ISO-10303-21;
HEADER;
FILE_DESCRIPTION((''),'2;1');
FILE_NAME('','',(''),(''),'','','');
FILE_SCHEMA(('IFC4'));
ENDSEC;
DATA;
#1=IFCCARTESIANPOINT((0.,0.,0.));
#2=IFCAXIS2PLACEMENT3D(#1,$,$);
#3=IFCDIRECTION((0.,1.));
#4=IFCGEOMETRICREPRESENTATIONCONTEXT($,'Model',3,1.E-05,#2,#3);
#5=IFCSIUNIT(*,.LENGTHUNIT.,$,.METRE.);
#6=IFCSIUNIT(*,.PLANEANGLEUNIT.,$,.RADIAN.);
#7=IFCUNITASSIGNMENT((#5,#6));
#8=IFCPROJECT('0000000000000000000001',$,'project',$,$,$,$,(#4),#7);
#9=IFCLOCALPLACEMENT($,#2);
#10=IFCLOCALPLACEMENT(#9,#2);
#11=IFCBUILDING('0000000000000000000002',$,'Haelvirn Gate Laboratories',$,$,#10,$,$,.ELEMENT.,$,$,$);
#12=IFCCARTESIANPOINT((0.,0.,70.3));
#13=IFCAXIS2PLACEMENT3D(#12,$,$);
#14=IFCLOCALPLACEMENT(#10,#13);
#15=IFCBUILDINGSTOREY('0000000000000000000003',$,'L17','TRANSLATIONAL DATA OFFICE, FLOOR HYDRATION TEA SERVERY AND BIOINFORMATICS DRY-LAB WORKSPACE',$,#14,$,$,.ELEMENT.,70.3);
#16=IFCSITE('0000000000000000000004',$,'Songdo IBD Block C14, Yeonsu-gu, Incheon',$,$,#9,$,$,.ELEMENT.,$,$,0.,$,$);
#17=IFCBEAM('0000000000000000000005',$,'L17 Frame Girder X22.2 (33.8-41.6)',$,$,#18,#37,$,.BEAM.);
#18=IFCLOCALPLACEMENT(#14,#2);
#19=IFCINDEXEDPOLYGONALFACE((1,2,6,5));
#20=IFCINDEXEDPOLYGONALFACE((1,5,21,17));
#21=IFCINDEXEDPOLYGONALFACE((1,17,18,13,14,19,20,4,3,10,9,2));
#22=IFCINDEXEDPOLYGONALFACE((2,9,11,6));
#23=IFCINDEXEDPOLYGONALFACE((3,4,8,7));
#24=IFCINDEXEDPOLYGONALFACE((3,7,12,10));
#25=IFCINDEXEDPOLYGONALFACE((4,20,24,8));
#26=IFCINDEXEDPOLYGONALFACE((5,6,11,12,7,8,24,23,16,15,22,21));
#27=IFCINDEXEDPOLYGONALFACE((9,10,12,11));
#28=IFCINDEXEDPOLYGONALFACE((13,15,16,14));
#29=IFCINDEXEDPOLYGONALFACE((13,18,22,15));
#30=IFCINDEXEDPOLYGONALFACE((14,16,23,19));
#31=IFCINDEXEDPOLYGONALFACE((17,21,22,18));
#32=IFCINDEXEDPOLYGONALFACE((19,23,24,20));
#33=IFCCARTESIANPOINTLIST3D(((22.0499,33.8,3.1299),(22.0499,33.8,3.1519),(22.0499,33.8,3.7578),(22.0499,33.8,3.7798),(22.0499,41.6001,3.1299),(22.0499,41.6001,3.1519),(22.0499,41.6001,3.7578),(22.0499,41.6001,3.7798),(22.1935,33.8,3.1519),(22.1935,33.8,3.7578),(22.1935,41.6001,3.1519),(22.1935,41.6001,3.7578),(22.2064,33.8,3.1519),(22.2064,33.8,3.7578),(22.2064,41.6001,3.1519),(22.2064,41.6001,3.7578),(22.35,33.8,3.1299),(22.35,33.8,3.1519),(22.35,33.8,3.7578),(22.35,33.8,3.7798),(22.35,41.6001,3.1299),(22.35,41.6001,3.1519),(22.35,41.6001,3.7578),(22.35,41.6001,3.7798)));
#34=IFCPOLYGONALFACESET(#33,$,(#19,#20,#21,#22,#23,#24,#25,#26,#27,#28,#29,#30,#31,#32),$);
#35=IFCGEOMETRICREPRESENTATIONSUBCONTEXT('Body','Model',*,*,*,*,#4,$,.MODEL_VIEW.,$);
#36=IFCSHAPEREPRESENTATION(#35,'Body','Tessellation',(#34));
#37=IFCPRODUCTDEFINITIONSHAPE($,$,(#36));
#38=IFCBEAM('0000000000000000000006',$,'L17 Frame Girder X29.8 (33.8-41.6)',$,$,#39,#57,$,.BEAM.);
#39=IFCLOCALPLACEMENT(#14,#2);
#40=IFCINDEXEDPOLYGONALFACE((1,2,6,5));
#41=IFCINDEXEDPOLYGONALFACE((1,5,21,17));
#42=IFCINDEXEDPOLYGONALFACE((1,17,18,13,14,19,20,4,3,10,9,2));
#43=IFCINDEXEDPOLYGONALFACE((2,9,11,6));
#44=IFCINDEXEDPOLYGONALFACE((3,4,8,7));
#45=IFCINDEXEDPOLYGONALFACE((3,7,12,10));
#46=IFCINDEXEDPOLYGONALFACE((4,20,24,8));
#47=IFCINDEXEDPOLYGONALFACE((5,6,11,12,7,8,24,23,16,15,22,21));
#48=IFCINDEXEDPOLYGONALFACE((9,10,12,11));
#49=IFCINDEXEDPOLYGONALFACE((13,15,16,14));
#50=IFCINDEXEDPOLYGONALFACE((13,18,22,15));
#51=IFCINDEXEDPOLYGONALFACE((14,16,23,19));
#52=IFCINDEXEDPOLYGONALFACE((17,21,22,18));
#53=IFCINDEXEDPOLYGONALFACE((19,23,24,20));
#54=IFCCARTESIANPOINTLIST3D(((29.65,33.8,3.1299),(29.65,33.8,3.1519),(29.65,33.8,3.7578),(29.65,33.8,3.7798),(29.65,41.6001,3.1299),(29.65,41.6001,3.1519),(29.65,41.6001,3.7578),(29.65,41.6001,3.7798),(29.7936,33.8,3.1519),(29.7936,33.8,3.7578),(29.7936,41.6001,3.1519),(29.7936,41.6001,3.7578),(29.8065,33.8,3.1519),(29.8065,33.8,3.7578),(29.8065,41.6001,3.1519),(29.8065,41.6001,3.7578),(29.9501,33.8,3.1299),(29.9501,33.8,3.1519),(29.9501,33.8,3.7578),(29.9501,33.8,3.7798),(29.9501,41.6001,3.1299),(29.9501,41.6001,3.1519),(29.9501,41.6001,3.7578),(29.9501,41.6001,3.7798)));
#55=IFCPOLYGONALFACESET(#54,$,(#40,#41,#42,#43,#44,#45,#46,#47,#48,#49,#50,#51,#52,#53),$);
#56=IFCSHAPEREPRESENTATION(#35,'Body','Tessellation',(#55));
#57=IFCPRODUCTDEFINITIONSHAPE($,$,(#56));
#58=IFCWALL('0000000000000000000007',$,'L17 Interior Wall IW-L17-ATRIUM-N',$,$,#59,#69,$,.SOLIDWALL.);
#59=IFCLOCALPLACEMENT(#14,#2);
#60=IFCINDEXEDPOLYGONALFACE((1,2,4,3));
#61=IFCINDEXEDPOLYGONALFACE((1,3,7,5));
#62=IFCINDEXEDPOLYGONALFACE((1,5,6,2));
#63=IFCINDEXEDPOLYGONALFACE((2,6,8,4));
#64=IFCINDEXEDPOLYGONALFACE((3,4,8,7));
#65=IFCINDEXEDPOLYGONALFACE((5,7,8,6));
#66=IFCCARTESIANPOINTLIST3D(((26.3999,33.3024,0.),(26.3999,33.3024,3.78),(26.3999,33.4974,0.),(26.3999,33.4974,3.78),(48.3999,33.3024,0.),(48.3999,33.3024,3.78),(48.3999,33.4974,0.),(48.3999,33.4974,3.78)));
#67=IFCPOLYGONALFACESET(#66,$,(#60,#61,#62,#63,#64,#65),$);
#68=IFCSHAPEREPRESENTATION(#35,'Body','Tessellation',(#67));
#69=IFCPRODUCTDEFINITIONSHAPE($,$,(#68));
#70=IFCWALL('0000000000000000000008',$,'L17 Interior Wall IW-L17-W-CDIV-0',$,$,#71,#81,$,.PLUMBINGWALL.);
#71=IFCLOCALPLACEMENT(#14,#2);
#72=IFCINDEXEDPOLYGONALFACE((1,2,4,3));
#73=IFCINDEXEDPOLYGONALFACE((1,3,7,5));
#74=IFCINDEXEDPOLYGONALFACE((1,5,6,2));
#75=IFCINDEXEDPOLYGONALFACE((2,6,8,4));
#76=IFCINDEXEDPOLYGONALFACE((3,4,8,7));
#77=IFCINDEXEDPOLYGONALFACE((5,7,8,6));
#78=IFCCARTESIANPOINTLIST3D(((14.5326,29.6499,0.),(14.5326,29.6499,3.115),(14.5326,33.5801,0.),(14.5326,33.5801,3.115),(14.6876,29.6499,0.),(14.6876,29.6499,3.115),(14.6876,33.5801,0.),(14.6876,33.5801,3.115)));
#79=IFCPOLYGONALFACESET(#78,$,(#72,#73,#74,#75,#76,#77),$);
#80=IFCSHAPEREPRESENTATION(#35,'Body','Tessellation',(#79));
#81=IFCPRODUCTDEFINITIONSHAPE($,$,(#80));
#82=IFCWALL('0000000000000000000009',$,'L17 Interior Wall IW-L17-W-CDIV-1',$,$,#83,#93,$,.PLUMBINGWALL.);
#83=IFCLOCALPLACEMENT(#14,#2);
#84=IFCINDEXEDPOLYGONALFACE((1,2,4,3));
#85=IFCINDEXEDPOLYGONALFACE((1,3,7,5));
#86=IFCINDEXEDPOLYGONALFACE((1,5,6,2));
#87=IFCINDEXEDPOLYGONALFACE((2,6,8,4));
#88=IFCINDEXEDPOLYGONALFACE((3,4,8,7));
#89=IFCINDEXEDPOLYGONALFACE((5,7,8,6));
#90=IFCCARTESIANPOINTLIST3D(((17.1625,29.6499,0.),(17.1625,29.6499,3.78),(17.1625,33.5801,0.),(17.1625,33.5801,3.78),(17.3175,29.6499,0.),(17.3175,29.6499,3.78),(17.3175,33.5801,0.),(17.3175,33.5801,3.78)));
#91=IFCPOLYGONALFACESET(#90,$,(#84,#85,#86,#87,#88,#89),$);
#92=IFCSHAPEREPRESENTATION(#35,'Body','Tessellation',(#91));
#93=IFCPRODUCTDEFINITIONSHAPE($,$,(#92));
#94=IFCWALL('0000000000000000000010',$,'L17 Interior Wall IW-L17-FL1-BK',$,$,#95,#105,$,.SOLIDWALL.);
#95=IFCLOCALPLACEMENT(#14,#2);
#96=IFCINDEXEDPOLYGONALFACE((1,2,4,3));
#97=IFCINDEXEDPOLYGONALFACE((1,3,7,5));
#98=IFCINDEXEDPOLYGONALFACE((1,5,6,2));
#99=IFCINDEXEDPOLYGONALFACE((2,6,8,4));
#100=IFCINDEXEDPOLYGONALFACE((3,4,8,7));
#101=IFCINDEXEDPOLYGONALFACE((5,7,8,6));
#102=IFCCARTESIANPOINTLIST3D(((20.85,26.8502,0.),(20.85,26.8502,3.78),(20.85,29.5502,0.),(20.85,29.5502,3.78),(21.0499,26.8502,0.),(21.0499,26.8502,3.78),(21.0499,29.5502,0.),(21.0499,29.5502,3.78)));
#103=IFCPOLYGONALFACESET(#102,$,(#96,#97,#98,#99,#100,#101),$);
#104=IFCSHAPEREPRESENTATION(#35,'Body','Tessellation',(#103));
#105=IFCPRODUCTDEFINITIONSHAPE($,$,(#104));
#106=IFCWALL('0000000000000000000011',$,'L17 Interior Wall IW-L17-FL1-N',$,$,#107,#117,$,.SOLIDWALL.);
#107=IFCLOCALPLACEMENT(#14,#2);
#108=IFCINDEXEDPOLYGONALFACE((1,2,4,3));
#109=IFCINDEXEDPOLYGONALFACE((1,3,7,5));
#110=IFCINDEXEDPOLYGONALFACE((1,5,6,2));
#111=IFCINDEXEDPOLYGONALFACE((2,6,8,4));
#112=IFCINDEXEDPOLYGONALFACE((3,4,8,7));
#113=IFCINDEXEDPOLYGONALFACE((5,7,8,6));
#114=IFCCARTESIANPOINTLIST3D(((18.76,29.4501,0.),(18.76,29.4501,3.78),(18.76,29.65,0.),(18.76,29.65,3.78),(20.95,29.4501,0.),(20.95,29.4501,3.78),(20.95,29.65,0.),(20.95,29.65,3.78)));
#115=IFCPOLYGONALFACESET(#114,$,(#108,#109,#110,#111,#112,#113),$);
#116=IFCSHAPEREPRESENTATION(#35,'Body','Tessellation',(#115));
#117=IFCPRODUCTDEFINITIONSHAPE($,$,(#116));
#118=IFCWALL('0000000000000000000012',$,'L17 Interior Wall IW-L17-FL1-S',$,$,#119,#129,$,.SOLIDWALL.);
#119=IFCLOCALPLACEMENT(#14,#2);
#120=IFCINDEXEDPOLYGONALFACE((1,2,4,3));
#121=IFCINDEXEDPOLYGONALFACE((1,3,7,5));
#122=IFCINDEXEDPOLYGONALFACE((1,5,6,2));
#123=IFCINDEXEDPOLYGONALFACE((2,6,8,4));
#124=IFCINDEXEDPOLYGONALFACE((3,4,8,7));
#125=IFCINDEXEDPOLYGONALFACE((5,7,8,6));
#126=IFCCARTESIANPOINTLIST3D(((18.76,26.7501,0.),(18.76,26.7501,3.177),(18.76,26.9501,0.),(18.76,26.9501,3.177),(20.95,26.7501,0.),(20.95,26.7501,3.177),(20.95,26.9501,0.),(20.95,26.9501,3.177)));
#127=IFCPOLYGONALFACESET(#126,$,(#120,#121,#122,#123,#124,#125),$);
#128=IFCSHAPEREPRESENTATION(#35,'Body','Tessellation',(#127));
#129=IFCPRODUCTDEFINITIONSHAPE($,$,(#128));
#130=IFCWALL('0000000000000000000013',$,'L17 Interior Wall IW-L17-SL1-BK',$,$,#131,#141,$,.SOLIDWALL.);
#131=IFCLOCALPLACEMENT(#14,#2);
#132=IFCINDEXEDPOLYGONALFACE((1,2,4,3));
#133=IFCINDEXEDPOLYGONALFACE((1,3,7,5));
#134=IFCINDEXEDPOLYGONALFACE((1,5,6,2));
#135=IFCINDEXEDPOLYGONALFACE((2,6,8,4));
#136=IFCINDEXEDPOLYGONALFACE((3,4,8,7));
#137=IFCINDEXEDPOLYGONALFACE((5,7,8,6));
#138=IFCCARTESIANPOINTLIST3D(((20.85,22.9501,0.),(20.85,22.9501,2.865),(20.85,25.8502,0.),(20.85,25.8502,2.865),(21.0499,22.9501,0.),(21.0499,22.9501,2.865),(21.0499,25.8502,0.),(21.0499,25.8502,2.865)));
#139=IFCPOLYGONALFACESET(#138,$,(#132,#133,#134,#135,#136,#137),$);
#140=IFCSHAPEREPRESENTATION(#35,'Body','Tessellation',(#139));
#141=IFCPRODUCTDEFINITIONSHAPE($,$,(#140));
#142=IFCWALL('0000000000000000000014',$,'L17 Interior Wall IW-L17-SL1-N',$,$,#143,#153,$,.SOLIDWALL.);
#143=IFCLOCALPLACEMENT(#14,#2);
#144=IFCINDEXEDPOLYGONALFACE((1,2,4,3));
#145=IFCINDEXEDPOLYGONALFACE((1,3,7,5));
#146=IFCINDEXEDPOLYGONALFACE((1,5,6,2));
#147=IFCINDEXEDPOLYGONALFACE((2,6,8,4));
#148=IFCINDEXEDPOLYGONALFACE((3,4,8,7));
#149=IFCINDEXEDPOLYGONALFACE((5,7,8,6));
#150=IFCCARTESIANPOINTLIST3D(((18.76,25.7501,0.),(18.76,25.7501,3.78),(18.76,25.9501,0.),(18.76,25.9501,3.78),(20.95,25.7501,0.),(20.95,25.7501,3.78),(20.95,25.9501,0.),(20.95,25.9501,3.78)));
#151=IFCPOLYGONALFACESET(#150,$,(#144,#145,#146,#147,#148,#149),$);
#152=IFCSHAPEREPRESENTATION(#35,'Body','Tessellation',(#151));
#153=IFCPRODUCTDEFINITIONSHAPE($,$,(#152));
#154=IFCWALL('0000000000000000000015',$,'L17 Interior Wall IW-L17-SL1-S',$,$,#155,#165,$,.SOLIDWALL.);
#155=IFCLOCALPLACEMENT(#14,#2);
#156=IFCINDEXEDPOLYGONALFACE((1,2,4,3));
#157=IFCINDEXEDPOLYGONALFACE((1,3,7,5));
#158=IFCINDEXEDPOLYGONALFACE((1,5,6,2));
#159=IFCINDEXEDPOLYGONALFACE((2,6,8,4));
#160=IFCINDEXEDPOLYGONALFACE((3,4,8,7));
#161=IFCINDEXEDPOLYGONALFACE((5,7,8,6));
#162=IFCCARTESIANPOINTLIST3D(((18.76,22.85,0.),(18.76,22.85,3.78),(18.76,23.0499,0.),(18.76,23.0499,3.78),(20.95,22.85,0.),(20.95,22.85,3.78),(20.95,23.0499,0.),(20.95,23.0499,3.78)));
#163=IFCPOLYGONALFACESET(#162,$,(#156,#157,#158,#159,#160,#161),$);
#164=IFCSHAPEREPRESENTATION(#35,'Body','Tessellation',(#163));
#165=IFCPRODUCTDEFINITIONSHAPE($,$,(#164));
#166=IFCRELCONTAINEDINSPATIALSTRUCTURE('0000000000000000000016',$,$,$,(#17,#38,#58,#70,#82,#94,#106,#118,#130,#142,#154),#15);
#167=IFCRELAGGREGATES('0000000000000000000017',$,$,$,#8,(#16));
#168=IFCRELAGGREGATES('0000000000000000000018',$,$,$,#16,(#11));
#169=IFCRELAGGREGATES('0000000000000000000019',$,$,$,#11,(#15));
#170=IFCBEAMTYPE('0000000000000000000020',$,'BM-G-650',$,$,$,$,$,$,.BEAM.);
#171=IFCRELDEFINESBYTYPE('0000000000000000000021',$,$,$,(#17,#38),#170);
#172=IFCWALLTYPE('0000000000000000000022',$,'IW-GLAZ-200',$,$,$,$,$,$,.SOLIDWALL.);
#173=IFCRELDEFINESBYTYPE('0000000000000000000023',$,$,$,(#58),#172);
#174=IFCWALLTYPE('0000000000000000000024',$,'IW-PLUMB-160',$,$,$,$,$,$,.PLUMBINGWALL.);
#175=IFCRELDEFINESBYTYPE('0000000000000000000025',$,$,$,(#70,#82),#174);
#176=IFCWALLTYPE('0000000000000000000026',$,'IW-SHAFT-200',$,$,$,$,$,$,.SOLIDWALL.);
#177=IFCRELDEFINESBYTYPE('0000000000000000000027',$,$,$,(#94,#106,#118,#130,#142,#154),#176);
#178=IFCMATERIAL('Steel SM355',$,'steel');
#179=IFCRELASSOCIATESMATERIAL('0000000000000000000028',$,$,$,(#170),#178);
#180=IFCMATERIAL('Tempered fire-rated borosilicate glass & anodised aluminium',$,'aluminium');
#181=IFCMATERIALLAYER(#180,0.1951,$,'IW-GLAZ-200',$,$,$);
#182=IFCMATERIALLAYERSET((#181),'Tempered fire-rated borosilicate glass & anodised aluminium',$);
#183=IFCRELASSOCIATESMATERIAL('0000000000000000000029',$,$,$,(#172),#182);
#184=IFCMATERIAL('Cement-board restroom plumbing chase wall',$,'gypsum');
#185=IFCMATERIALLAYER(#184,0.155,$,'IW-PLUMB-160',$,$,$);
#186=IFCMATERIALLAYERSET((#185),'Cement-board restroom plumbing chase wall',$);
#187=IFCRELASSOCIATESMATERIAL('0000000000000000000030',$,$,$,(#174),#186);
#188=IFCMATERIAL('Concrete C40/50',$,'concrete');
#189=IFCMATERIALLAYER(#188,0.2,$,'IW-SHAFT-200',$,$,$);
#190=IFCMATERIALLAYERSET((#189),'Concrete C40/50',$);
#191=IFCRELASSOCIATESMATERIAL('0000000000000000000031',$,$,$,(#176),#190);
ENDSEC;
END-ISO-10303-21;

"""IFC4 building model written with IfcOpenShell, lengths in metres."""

from ifc_helpers import new_model, si_unit, direction, frame, frame_2d, origin, origin_2d, place, context, subcontext, project, spatial, rectangle, i_section, extrude, source, transform, mapped, material, layer, layer_set, material_profile, profile_set, type_object, type_shapes, element, save


model = new_model("IFC4")

# Units and contexts
model_context = context("Model", 3, precision=1e-05, world=origin(), true_north=direction((0.0, 1.0)))
body_context = subcontext(model_context, "Body", "Model", "MODEL_VIEW")
ifc_project = project(units=[si_unit("LENGTHUNIT", "METRE"), si_unit("PLANEANGLEUNIT", "RADIAN")], contexts=[model_context])

# Site, building, storey
site_placement = place(None, origin())
site = spatial("IfcSite", under=ifc_project, at=site_placement, Name="Songdo IBD Block C14, Yeonsu-gu, Incheon", CompositionType="ELEMENT", RefElevation=0.0)
building_placement = place(site_placement, origin())
building = spatial("IfcBuilding", under=site, at=building_placement, Name="Haelvirn Gate Laboratories", CompositionType="ELEMENT")
storey_placement = place(building_placement, frame((0.0, 0.0, 70.3)))
storey = spatial("IfcBuildingStorey", under=building, at=storey_placement, Name="L17", Description="TRANSLATIONAL DATA OFFICE, FLOOR HYDRATION TEA SERVERY AND BIOINFORMATICS DRY-LAB WORKSPACE", CompositionType="ELEMENT", Elevation=70.3)

# Beams
ifc_material_1 = material(Name="Steel SM355", Category="steel")
ifc_material_profile_1 = material_profile(ifc_material_1, i_section(OverallWidth=0.3, OverallDepth=0.6499, WebThickness=0.0129, FlangeThickness=0.022, at=origin_2d()), Name="H-650x300x13x22")
ifc_profile_set_1 = profile_set([ifc_material_profile_1], Name="Steel SM355")
beam_type_1 = type_object("IfcBeamType", Name="BM-G-650", PredefinedType="BEAM", material=ifc_profile_set_1)
shared_shape_1 = source(origin(), body_context, "Body", "SweptSolid", [
    extrude(i_section(OverallWidth=0.3, OverallDepth=0.6499, WebThickness=0.0129, FlangeThickness=0.022, at=origin_2d()), origin(), (0.0, 0.0, 1.0), 7.8),
])
type_shapes(beam_type_1, [shared_shape_1])
for number, where, z_axis, x_axis, name in (
    (1, (22.2, 33.8, 3.4548), (0.0, 1.0, 0.0), (-1.0, 0.0, 0.0), "L17 Frame Girder X22.2 (33.8-41.6)"),
    (2, (29.8, 33.8, 3.4548), (0.0, 1.0, 0.0), (-1.0, 0.0, 0.0), "L17 Frame Girder X29.8 (33.8-41.6)"),
):
    element("IfcBeam", number, at=place(storey_placement, frame(where, z_axis=z_axis, x_axis=x_axis)), inside=storey, type_object=beam_type_1, Name=name, PredefinedType="BEAM", context=body_context, shape_type="MappedRepresentation", body=[
        mapped(shared_shape_1, transform((0.0, 0.0, 0.0), scale=1.0)),
    ])

# Walls
ifc_material_2 = material(Name="Tempered fire-rated borosilicate glass & anodised aluminium", Category="aluminium")
ifc_layer_1 = layer(ifc_material_2, 0.1951, Name="IW-GLAZ-200")
ifc_layer_set_1 = layer_set([ifc_layer_1], Name="Tempered fire-rated borosilicate glass & anodised aluminium")
wall_type_1 = type_object("IfcWallType", Name="IW-GLAZ-200", PredefinedType="SOLIDWALL", material=ifc_layer_set_1)
wall_1_placement = place(storey_placement, frame((26.3999, 33.3999, 0.0), z_axis=(0.0, 0.0, 1.0), x_axis=(1.0, 0.0, 0.0)))
element("IfcWall", 3, at=wall_1_placement, inside=storey, type_object=wall_type_1, Name="L17 Interior Wall IW-L17-ATRIUM-N", PredefinedType="SOLIDWALL", context=body_context, shape_type="SweptSolid", body=[
    extrude(rectangle(XDim=22.0, YDim=0.1951, at=frame_2d((11.0, 0.0))), origin(), (0.0, 0.0, 1.0), 3.78),
])
ifc_material_3 = material(Name="Cement-board restroom plumbing chase wall", Category="gypsum")
ifc_layer_2 = layer(ifc_material_3, 0.155, Name="IW-PLUMB-160")
ifc_layer_set_2 = layer_set([ifc_layer_2], Name="Cement-board restroom plumbing chase wall")
wall_type_2 = type_object("IfcWallType", Name="IW-PLUMB-160", PredefinedType="PLUMBINGWALL", material=ifc_layer_set_2)
wall_2_placement = place(storey_placement, frame((14.6101, 29.6499, 0.0), z_axis=(0.0, 0.0, 1.0), x_axis=(0.0, 1.0, 0.0)))
element("IfcWall", 4, at=wall_2_placement, inside=storey, type_object=wall_type_2, Name="L17 Interior Wall IW-L17-W-CDIV-0", PredefinedType="PLUMBINGWALL", context=body_context, shape_type="SweptSolid", body=[
    extrude(rectangle(XDim=3.9302, YDim=0.155, at=frame_2d((1.9651, 0.0))), origin(), (0.0, 0.0, 1.0), 3.115),
])
wall_3_placement = place(storey_placement, frame((17.24, 29.6499, 0.0), z_axis=(0.0, 0.0, 1.0), x_axis=(0.0, 1.0, 0.0)))
element("IfcWall", 5, at=wall_3_placement, inside=storey, type_object=wall_type_2, Name="L17 Interior Wall IW-L17-W-CDIV-1", PredefinedType="PLUMBINGWALL", context=body_context, shape_type="SweptSolid", body=[
    extrude(rectangle(XDim=3.9302, YDim=0.155, at=frame_2d((1.9651, 0.0))), origin(), (0.0, 0.0, 1.0), 3.78),
])
ifc_material_4 = material(Name="Concrete C40/50", Category="concrete")
ifc_layer_3 = layer(ifc_material_4, 0.2, Name="IW-SHAFT-200")
ifc_layer_set_3 = layer_set([ifc_layer_3], Name="Concrete C40/50")
wall_type_3 = type_object("IfcWallType", Name="IW-SHAFT-200", PredefinedType="SOLIDWALL", material=ifc_layer_set_3)
wall_4_placement = place(storey_placement, frame((20.95, 26.8501, 0.0), z_axis=(0.0, 0.0, 1.0), x_axis=(0.0, 1.0, 0.0)))
element("IfcWall", 6, at=wall_4_placement, inside=storey, type_object=wall_type_3, Name="L17 Interior Wall IW-L17-FL1-BK", PredefinedType="SOLIDWALL", context=body_context, shape_type="SweptSolid", body=[
    extrude(rectangle(XDim=2.7, YDim=0.2, at=frame_2d((1.3501, 0.0))), origin(), (0.0, 0.0, 1.0), 3.78),
])
wall_5_placement = place(storey_placement, frame((18.76, 29.55, 0.0), z_axis=(0.0, 0.0, 1.0), x_axis=(1.0, 0.0, 0.0)))
element("IfcWall", 7, at=wall_5_placement, inside=storey, type_object=wall_type_3, Name="L17 Interior Wall IW-L17-FL1-N", PredefinedType="SOLIDWALL", context=body_context, shape_type="SweptSolid", body=[
    extrude(rectangle(XDim=2.1899, YDim=0.2, at=frame_2d((1.095, 0.0))), origin(), (0.0, 0.0, 1.0), 3.78),
])
wall_6_placement = place(storey_placement, frame((18.76, 26.8501, 0.0), z_axis=(0.0, 0.0, 1.0), x_axis=(1.0, 0.0, 0.0)))
element("IfcWall", 8, at=wall_6_placement, inside=storey, type_object=wall_type_3, Name="L17 Interior Wall IW-L17-FL1-S", PredefinedType="SOLIDWALL", context=body_context, shape_type="SweptSolid", body=[
    extrude(rectangle(XDim=2.1899, YDim=0.2, at=frame_2d((1.095, 0.0))), origin(), (0.0, 0.0, 1.0), 3.177),
])
wall_7_placement = place(storey_placement, frame((20.95, 22.95, 0.0), z_axis=(0.0, 0.0, 1.0), x_axis=(0.0, 1.0, 0.0)))
element("IfcWall", 9, at=wall_7_placement, inside=storey, type_object=wall_type_3, Name="L17 Interior Wall IW-L17-SL1-BK", PredefinedType="SOLIDWALL", context=body_context, shape_type="SweptSolid", body=[
    extrude(rectangle(XDim=2.9001, YDim=0.2, at=frame_2d((1.4502, 0.0))), origin(), (0.0, 0.0, 1.0), 2.865),
])
for number, where, z_axis, x_axis, name in (
    (10, (18.76, 25.8501, 0.0), (0.0, 0.0, 1.0), (1.0, 0.0, 0.0), "L17 Interior Wall IW-L17-SL1-N"),
    (11, (18.76, 22.95, 0.0), (0.0, 0.0, 1.0), (1.0, 0.0, 0.0), "L17 Interior Wall IW-L17-SL1-S"),
):
    element("IfcWall", number, at=place(storey_placement, frame(where, z_axis=z_axis, x_axis=x_axis)), inside=storey, type_object=wall_type_3, Name=name, PredefinedType="SOLIDWALL", context=body_context, shape_type="SweptSolid", body=[
        extrude(rectangle(XDim=2.1899, YDim=0.2, at=frame_2d((1.095, 0.0))), origin(), (0.0, 0.0, 1.0), 3.78),
    ])

save(model, "model.ifc")
